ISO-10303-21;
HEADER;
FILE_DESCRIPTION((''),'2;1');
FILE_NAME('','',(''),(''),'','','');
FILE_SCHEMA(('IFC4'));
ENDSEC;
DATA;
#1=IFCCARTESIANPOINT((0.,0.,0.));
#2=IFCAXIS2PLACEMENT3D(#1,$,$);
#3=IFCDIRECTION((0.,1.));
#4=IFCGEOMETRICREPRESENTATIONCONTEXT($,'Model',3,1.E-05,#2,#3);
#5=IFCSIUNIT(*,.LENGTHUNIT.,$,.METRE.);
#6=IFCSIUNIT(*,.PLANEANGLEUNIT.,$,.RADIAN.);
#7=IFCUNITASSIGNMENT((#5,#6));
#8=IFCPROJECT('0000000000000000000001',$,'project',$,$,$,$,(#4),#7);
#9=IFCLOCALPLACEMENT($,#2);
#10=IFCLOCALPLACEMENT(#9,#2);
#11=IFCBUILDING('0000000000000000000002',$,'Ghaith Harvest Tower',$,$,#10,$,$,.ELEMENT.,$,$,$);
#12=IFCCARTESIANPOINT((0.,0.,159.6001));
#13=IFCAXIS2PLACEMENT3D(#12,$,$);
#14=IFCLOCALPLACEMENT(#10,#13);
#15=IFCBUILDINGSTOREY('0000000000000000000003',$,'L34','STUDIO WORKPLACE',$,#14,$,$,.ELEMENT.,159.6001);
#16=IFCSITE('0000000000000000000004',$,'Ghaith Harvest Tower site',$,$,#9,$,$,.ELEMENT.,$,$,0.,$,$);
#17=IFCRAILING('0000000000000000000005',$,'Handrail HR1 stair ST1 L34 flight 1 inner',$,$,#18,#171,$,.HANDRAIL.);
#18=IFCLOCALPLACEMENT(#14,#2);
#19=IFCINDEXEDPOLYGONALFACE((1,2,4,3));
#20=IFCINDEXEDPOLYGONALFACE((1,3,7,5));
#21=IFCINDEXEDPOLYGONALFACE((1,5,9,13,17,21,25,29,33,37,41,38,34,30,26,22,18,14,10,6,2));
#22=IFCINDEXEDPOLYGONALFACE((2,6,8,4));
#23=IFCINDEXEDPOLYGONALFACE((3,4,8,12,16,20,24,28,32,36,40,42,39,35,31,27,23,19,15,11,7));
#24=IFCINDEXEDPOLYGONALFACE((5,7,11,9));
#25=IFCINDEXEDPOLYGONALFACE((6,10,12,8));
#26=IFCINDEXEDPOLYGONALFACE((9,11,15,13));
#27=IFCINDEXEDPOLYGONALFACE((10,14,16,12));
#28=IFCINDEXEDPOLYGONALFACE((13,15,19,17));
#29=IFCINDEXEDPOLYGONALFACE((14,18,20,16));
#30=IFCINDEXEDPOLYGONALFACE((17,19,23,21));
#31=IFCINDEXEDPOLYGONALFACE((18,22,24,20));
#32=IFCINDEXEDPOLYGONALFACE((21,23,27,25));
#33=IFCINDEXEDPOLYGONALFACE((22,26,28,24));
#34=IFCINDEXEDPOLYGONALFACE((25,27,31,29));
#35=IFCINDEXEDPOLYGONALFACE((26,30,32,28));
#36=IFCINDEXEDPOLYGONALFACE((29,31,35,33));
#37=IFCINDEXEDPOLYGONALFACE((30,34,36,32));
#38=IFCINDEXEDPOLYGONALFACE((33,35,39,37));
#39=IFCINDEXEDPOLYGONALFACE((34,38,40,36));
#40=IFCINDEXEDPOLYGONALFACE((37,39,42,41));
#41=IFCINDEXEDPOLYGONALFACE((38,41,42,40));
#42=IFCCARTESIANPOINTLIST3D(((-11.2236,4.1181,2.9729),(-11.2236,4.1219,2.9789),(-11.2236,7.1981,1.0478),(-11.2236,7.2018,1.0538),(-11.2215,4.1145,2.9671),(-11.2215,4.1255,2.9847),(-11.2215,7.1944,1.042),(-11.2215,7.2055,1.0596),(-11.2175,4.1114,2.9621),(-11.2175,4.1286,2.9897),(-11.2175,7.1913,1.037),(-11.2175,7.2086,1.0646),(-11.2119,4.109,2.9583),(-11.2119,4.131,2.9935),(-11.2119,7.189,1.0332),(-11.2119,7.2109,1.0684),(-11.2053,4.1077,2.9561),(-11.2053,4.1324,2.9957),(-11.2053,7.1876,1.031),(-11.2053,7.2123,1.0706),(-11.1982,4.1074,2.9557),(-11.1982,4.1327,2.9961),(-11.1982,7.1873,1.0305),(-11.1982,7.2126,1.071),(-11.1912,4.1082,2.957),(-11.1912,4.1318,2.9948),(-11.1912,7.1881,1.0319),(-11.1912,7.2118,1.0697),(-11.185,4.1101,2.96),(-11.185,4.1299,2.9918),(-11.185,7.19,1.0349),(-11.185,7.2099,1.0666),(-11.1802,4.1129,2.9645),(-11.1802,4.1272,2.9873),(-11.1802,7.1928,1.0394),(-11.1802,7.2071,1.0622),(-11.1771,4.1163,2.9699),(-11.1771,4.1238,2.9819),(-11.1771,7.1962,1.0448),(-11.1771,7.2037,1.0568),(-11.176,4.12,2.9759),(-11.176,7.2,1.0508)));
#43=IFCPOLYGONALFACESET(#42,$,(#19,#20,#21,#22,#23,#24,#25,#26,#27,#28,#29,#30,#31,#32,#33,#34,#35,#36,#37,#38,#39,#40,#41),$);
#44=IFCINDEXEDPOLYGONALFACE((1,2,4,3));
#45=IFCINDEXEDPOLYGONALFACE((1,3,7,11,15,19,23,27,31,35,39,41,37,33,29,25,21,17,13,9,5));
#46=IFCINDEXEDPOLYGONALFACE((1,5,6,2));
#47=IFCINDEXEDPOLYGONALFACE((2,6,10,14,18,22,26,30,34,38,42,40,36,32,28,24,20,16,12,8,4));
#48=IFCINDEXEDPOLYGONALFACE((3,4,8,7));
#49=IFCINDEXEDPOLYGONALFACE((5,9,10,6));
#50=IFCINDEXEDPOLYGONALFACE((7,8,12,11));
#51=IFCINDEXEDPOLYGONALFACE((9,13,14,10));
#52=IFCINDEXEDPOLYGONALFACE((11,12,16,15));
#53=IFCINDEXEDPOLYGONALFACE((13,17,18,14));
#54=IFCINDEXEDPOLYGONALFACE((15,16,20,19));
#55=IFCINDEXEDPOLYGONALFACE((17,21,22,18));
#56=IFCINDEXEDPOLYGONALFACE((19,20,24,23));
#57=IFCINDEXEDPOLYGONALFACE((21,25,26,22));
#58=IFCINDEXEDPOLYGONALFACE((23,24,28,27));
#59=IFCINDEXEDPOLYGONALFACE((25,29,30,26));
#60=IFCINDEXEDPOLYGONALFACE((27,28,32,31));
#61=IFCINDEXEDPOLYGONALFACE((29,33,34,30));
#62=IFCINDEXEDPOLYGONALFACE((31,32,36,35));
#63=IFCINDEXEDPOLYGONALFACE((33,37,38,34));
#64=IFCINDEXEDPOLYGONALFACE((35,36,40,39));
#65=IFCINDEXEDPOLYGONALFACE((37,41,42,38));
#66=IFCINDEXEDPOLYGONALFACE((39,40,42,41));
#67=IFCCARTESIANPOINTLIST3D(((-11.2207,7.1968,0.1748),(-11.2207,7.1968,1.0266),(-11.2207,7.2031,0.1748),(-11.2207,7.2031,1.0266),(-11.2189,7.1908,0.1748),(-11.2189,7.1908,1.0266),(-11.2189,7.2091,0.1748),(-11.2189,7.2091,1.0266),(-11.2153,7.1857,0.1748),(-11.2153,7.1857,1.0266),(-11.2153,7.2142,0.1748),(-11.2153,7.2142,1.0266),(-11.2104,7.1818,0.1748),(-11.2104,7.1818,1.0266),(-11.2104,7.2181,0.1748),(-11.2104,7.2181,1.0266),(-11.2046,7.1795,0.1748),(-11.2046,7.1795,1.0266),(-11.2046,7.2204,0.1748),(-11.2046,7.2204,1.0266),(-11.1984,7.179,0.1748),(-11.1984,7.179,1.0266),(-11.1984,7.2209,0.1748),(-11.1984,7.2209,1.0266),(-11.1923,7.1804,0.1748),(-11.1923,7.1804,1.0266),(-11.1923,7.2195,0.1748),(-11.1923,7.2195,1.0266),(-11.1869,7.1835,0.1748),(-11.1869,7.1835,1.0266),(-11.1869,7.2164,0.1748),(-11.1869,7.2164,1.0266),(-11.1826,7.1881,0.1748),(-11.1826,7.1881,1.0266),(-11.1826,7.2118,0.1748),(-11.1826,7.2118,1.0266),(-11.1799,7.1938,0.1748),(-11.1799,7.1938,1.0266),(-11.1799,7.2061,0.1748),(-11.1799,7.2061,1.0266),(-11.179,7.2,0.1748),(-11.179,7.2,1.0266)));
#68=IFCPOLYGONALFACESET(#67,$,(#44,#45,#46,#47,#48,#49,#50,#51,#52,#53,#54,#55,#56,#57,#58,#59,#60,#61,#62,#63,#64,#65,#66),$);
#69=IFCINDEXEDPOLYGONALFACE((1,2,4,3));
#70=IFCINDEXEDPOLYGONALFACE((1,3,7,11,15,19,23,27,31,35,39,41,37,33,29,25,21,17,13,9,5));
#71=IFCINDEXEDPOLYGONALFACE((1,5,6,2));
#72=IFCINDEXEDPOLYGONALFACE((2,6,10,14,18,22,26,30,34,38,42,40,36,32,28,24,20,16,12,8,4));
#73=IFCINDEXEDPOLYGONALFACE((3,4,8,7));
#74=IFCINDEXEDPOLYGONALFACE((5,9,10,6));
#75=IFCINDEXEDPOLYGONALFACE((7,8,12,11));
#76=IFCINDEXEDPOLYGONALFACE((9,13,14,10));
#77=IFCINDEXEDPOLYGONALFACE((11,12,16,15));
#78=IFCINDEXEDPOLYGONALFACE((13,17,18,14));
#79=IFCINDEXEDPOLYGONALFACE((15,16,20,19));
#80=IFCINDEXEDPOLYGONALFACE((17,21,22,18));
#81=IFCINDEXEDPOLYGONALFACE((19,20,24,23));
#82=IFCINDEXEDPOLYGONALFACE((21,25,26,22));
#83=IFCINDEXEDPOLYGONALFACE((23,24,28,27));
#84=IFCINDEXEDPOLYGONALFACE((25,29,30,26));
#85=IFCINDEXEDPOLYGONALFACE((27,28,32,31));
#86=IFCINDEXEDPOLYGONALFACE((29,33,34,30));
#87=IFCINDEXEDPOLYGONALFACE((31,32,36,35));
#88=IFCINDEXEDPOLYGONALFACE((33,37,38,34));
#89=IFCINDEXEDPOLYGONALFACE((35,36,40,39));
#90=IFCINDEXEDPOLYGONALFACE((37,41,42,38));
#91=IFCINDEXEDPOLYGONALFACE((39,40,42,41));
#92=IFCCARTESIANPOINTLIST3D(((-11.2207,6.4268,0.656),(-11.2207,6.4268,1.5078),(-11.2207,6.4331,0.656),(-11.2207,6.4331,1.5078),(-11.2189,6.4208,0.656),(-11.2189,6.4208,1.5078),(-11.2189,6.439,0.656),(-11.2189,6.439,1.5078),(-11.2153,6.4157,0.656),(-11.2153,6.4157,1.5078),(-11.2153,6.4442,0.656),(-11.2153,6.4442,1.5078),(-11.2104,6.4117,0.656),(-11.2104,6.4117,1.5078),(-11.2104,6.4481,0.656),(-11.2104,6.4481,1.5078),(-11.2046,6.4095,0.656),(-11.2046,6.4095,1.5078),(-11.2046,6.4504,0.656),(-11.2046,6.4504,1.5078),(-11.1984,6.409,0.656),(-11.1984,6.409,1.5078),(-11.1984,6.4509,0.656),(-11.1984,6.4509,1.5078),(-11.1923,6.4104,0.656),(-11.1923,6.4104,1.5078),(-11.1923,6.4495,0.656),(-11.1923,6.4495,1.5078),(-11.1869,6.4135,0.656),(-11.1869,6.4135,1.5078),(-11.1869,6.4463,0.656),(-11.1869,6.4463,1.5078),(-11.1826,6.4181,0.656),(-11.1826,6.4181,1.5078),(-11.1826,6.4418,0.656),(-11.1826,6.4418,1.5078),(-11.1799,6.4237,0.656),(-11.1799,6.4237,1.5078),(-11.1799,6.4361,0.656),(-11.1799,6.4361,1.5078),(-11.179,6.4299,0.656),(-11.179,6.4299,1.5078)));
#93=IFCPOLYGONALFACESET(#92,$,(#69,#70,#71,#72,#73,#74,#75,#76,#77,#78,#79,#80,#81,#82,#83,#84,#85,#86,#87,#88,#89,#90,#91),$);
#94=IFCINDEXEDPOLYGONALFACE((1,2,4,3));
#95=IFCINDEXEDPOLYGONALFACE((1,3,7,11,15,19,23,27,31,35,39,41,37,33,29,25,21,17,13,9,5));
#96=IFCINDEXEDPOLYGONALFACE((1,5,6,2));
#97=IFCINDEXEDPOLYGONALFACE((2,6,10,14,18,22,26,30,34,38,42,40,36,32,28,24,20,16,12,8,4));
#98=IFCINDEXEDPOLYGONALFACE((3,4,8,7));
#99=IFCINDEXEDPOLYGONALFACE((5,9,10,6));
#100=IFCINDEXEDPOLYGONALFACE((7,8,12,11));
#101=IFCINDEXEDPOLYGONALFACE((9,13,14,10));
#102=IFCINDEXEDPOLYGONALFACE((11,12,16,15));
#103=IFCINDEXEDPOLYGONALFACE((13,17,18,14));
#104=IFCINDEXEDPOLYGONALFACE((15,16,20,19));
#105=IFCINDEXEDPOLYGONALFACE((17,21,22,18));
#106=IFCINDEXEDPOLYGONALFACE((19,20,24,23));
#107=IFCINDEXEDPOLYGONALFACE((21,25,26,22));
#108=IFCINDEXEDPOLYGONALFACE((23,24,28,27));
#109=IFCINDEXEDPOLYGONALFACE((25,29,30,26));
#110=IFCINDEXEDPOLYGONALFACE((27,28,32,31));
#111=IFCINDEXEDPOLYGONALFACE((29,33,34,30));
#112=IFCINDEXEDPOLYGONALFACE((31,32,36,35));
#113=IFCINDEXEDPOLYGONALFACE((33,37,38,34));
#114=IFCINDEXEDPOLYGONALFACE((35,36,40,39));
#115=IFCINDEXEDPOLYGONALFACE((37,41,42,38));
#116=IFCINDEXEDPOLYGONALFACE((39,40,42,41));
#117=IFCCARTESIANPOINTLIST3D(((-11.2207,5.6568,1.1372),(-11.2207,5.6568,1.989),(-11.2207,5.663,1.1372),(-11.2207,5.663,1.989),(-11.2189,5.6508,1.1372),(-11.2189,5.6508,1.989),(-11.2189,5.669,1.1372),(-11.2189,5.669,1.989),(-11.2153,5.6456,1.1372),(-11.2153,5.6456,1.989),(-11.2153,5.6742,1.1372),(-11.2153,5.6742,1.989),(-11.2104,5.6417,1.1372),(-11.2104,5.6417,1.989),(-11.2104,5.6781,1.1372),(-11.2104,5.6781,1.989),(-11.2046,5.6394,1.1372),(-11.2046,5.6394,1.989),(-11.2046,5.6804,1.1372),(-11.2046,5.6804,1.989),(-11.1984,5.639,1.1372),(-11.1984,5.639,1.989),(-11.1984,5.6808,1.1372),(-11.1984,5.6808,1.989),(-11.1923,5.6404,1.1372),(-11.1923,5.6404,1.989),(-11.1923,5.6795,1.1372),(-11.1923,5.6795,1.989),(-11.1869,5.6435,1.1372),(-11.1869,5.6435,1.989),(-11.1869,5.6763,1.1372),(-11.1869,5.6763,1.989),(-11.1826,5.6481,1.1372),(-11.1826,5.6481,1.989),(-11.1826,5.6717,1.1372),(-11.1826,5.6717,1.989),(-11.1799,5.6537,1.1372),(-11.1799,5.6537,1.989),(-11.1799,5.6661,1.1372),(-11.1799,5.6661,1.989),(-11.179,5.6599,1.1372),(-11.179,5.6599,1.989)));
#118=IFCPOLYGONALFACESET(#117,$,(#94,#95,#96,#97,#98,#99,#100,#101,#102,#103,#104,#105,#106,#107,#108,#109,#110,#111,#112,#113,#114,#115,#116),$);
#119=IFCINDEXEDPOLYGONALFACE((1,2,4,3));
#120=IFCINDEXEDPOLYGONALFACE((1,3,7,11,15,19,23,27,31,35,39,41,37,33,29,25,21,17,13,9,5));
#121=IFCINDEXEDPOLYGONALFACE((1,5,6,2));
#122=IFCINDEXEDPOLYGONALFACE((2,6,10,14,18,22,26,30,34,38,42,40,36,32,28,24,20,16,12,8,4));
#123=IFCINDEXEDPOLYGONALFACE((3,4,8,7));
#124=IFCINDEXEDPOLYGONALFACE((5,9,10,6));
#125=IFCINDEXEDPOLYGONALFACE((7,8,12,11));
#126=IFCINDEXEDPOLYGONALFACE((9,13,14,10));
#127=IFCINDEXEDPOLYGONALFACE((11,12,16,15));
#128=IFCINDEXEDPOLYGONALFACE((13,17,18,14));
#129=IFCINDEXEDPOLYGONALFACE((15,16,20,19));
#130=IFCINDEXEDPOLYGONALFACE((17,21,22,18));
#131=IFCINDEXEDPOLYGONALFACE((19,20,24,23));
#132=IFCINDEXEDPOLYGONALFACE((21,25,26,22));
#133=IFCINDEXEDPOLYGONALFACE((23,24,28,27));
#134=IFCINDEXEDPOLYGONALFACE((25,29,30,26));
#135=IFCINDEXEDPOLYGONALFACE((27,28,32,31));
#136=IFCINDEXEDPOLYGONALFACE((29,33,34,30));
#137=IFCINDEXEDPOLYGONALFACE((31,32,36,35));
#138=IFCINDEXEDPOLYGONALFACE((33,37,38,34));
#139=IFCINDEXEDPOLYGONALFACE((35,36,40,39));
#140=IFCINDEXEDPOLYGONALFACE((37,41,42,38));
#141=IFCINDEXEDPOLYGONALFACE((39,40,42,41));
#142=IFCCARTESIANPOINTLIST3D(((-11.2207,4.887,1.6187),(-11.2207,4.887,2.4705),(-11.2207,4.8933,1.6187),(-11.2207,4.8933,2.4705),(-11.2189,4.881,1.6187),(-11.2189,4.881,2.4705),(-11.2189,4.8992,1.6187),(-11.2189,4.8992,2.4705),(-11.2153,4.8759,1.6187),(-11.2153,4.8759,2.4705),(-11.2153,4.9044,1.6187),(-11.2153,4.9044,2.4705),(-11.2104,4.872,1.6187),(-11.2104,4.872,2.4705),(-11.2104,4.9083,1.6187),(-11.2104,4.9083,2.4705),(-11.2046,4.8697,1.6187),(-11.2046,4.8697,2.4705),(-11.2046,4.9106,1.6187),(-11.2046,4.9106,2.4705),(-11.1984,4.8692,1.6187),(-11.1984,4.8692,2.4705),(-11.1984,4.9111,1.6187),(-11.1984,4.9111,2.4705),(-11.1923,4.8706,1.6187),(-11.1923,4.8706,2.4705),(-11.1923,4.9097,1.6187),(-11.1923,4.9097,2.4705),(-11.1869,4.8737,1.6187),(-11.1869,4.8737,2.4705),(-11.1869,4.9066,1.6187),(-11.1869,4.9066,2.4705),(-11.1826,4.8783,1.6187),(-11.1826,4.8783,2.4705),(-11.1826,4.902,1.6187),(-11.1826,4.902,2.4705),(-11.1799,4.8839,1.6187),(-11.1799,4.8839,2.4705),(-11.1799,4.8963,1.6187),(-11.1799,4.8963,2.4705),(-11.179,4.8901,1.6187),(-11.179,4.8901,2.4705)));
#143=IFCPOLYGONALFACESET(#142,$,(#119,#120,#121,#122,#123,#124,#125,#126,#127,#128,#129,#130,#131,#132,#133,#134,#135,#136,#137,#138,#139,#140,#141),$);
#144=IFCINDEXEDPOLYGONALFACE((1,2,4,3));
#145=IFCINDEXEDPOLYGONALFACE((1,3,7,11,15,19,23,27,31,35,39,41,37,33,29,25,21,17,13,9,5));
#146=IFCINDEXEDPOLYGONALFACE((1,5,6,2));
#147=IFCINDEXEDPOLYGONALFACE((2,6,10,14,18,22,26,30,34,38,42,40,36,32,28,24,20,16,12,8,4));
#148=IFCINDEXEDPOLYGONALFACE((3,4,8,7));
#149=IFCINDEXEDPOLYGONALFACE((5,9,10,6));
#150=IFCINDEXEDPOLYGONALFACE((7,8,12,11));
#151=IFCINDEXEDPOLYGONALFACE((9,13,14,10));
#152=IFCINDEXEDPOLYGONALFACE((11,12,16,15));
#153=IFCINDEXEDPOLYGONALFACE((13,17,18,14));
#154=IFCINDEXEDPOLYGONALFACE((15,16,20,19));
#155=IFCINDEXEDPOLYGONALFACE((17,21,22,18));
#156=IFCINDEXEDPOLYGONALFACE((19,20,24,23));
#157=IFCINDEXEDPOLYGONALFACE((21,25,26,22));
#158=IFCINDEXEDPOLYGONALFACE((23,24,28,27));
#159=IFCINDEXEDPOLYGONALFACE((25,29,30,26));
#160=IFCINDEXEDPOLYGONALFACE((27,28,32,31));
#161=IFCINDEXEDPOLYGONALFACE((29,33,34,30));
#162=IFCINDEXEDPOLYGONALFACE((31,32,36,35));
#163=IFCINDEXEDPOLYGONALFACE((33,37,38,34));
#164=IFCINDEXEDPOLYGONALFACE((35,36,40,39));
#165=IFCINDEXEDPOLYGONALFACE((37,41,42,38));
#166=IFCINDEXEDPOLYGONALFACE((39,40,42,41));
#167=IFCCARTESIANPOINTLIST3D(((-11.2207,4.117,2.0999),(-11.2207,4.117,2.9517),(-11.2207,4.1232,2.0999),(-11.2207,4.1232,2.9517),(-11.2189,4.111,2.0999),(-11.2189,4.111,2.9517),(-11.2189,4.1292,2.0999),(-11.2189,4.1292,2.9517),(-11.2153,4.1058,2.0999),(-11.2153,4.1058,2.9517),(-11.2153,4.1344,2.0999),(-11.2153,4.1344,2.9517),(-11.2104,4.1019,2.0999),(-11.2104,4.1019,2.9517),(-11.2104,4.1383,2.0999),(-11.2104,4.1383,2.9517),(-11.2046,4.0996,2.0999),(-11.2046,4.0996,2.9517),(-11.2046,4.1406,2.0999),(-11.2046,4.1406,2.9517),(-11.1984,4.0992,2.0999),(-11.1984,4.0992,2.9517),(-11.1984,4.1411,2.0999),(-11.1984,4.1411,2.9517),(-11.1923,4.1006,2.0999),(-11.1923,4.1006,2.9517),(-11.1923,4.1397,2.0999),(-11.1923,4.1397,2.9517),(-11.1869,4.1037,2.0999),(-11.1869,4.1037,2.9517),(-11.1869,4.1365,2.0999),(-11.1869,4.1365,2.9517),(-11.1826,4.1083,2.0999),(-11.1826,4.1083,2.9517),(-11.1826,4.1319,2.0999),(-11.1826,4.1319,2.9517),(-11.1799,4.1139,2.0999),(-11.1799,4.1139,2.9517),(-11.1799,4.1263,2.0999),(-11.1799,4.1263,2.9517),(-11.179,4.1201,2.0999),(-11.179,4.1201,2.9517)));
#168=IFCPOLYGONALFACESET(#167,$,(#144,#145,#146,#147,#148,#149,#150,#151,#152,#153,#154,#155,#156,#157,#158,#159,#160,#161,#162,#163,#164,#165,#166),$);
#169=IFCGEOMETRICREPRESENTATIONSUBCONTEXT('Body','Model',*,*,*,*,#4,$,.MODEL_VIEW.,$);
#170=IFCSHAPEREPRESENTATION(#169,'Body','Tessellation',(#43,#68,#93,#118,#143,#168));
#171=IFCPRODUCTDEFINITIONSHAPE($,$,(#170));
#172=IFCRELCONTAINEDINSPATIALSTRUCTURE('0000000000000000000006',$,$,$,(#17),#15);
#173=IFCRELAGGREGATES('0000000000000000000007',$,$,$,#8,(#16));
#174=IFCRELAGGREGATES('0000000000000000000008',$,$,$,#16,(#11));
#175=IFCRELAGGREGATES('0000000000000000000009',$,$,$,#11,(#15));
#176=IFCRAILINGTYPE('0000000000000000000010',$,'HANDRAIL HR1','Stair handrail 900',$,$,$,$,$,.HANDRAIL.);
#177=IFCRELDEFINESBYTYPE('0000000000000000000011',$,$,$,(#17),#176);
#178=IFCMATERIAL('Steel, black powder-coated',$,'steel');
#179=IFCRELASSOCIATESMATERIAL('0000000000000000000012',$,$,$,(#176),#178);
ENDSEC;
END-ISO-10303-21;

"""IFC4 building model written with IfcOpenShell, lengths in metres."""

from ifc_helpers import new_model, si_unit, direction, frame, origin, origin_2d, place, context, subcontext, project, spatial, circle, extrude, material, type_object, element, save


model = new_model("IFC4")

# Units and contexts
model_context = context("Model", 3, precision=1e-05, world=origin(), true_north=direction((0.0, 1.0)))
body_context = subcontext(model_context, "Body", "Model", "MODEL_VIEW")
ifc_project = project(units=[si_unit("LENGTHUNIT", "METRE"), si_unit("PLANEANGLEUNIT", "RADIAN")], contexts=[model_context])

# Site, building, storey
site_placement = place(None, origin())
site = spatial("IfcSite", under=ifc_project, at=site_placement, Name="Ghaith Harvest Tower site", CompositionType="ELEMENT", RefElevation=0.0)
building_placement = place(site_placement, origin())
building = spatial("IfcBuilding", under=site, at=building_placement, Name="Ghaith Harvest Tower", CompositionType="ELEMENT")
storey_placement = place(building_placement, frame((0.0, 0.0, 159.6001)))
storey = spatial("IfcBuildingStorey", under=building, at=storey_placement, Name="L34", Description="STUDIO WORKPLACE", CompositionType="ELEMENT", Elevation=159.6001)

# Railing
ifc_material_1 = material(Name="Steel, black powder-coated", Category="steel")
railing_type = type_object("IfcRailingType", Name="HANDRAIL HR1", Description="Stair handrail 900", PredefinedType="HANDRAIL", material=ifc_material_1)
railing_1_placement = place(storey_placement, frame((-11.2, 7.2, 0.1748)))
element("IfcRailing", 1, at=railing_1_placement, inside=storey, type_object=railing_type, Name="Handrail HR1 stair ST1 L34 flight 1 inner", PredefinedType="HANDRAIL", context=body_context, shape_type="SweptSolid", body=[
    extrude(circle(Radius=0.0239, at=origin_2d()), frame((0.0, 0.0, 0.876), z_axis=(0.0, -0.847979, 0.530029), x_axis=(1.0, 0.0, 0.0)), (0.0, 0.0, 1.0), 3.6321),
    extrude(circle(Radius=0.021, at=origin_2d()), origin(), (0.0, 0.0, 1.0), 0.8518),
    extrude(circle(Radius=0.021, at=origin_2d()), frame((0.0, -0.77, 0.4812)), (0.0, 0.0, 1.0), 0.8518),
    extrude(circle(Radius=0.021, at=origin_2d()), frame((0.0, -1.54, 0.9624)), (0.0, 0.0, 1.0), 0.8518),
    extrude(circle(Radius=0.021, at=origin_2d()), frame((0.0, -2.3098, 1.4438)), (0.0, 0.0, 1.0), 0.8518),
    extrude(circle(Radius=0.021, at=origin_2d()), frame((0.0, -3.0798, 1.925)), (0.0, 0.0, 1.0), 0.8518),
])

save(model, "model.ifc")
